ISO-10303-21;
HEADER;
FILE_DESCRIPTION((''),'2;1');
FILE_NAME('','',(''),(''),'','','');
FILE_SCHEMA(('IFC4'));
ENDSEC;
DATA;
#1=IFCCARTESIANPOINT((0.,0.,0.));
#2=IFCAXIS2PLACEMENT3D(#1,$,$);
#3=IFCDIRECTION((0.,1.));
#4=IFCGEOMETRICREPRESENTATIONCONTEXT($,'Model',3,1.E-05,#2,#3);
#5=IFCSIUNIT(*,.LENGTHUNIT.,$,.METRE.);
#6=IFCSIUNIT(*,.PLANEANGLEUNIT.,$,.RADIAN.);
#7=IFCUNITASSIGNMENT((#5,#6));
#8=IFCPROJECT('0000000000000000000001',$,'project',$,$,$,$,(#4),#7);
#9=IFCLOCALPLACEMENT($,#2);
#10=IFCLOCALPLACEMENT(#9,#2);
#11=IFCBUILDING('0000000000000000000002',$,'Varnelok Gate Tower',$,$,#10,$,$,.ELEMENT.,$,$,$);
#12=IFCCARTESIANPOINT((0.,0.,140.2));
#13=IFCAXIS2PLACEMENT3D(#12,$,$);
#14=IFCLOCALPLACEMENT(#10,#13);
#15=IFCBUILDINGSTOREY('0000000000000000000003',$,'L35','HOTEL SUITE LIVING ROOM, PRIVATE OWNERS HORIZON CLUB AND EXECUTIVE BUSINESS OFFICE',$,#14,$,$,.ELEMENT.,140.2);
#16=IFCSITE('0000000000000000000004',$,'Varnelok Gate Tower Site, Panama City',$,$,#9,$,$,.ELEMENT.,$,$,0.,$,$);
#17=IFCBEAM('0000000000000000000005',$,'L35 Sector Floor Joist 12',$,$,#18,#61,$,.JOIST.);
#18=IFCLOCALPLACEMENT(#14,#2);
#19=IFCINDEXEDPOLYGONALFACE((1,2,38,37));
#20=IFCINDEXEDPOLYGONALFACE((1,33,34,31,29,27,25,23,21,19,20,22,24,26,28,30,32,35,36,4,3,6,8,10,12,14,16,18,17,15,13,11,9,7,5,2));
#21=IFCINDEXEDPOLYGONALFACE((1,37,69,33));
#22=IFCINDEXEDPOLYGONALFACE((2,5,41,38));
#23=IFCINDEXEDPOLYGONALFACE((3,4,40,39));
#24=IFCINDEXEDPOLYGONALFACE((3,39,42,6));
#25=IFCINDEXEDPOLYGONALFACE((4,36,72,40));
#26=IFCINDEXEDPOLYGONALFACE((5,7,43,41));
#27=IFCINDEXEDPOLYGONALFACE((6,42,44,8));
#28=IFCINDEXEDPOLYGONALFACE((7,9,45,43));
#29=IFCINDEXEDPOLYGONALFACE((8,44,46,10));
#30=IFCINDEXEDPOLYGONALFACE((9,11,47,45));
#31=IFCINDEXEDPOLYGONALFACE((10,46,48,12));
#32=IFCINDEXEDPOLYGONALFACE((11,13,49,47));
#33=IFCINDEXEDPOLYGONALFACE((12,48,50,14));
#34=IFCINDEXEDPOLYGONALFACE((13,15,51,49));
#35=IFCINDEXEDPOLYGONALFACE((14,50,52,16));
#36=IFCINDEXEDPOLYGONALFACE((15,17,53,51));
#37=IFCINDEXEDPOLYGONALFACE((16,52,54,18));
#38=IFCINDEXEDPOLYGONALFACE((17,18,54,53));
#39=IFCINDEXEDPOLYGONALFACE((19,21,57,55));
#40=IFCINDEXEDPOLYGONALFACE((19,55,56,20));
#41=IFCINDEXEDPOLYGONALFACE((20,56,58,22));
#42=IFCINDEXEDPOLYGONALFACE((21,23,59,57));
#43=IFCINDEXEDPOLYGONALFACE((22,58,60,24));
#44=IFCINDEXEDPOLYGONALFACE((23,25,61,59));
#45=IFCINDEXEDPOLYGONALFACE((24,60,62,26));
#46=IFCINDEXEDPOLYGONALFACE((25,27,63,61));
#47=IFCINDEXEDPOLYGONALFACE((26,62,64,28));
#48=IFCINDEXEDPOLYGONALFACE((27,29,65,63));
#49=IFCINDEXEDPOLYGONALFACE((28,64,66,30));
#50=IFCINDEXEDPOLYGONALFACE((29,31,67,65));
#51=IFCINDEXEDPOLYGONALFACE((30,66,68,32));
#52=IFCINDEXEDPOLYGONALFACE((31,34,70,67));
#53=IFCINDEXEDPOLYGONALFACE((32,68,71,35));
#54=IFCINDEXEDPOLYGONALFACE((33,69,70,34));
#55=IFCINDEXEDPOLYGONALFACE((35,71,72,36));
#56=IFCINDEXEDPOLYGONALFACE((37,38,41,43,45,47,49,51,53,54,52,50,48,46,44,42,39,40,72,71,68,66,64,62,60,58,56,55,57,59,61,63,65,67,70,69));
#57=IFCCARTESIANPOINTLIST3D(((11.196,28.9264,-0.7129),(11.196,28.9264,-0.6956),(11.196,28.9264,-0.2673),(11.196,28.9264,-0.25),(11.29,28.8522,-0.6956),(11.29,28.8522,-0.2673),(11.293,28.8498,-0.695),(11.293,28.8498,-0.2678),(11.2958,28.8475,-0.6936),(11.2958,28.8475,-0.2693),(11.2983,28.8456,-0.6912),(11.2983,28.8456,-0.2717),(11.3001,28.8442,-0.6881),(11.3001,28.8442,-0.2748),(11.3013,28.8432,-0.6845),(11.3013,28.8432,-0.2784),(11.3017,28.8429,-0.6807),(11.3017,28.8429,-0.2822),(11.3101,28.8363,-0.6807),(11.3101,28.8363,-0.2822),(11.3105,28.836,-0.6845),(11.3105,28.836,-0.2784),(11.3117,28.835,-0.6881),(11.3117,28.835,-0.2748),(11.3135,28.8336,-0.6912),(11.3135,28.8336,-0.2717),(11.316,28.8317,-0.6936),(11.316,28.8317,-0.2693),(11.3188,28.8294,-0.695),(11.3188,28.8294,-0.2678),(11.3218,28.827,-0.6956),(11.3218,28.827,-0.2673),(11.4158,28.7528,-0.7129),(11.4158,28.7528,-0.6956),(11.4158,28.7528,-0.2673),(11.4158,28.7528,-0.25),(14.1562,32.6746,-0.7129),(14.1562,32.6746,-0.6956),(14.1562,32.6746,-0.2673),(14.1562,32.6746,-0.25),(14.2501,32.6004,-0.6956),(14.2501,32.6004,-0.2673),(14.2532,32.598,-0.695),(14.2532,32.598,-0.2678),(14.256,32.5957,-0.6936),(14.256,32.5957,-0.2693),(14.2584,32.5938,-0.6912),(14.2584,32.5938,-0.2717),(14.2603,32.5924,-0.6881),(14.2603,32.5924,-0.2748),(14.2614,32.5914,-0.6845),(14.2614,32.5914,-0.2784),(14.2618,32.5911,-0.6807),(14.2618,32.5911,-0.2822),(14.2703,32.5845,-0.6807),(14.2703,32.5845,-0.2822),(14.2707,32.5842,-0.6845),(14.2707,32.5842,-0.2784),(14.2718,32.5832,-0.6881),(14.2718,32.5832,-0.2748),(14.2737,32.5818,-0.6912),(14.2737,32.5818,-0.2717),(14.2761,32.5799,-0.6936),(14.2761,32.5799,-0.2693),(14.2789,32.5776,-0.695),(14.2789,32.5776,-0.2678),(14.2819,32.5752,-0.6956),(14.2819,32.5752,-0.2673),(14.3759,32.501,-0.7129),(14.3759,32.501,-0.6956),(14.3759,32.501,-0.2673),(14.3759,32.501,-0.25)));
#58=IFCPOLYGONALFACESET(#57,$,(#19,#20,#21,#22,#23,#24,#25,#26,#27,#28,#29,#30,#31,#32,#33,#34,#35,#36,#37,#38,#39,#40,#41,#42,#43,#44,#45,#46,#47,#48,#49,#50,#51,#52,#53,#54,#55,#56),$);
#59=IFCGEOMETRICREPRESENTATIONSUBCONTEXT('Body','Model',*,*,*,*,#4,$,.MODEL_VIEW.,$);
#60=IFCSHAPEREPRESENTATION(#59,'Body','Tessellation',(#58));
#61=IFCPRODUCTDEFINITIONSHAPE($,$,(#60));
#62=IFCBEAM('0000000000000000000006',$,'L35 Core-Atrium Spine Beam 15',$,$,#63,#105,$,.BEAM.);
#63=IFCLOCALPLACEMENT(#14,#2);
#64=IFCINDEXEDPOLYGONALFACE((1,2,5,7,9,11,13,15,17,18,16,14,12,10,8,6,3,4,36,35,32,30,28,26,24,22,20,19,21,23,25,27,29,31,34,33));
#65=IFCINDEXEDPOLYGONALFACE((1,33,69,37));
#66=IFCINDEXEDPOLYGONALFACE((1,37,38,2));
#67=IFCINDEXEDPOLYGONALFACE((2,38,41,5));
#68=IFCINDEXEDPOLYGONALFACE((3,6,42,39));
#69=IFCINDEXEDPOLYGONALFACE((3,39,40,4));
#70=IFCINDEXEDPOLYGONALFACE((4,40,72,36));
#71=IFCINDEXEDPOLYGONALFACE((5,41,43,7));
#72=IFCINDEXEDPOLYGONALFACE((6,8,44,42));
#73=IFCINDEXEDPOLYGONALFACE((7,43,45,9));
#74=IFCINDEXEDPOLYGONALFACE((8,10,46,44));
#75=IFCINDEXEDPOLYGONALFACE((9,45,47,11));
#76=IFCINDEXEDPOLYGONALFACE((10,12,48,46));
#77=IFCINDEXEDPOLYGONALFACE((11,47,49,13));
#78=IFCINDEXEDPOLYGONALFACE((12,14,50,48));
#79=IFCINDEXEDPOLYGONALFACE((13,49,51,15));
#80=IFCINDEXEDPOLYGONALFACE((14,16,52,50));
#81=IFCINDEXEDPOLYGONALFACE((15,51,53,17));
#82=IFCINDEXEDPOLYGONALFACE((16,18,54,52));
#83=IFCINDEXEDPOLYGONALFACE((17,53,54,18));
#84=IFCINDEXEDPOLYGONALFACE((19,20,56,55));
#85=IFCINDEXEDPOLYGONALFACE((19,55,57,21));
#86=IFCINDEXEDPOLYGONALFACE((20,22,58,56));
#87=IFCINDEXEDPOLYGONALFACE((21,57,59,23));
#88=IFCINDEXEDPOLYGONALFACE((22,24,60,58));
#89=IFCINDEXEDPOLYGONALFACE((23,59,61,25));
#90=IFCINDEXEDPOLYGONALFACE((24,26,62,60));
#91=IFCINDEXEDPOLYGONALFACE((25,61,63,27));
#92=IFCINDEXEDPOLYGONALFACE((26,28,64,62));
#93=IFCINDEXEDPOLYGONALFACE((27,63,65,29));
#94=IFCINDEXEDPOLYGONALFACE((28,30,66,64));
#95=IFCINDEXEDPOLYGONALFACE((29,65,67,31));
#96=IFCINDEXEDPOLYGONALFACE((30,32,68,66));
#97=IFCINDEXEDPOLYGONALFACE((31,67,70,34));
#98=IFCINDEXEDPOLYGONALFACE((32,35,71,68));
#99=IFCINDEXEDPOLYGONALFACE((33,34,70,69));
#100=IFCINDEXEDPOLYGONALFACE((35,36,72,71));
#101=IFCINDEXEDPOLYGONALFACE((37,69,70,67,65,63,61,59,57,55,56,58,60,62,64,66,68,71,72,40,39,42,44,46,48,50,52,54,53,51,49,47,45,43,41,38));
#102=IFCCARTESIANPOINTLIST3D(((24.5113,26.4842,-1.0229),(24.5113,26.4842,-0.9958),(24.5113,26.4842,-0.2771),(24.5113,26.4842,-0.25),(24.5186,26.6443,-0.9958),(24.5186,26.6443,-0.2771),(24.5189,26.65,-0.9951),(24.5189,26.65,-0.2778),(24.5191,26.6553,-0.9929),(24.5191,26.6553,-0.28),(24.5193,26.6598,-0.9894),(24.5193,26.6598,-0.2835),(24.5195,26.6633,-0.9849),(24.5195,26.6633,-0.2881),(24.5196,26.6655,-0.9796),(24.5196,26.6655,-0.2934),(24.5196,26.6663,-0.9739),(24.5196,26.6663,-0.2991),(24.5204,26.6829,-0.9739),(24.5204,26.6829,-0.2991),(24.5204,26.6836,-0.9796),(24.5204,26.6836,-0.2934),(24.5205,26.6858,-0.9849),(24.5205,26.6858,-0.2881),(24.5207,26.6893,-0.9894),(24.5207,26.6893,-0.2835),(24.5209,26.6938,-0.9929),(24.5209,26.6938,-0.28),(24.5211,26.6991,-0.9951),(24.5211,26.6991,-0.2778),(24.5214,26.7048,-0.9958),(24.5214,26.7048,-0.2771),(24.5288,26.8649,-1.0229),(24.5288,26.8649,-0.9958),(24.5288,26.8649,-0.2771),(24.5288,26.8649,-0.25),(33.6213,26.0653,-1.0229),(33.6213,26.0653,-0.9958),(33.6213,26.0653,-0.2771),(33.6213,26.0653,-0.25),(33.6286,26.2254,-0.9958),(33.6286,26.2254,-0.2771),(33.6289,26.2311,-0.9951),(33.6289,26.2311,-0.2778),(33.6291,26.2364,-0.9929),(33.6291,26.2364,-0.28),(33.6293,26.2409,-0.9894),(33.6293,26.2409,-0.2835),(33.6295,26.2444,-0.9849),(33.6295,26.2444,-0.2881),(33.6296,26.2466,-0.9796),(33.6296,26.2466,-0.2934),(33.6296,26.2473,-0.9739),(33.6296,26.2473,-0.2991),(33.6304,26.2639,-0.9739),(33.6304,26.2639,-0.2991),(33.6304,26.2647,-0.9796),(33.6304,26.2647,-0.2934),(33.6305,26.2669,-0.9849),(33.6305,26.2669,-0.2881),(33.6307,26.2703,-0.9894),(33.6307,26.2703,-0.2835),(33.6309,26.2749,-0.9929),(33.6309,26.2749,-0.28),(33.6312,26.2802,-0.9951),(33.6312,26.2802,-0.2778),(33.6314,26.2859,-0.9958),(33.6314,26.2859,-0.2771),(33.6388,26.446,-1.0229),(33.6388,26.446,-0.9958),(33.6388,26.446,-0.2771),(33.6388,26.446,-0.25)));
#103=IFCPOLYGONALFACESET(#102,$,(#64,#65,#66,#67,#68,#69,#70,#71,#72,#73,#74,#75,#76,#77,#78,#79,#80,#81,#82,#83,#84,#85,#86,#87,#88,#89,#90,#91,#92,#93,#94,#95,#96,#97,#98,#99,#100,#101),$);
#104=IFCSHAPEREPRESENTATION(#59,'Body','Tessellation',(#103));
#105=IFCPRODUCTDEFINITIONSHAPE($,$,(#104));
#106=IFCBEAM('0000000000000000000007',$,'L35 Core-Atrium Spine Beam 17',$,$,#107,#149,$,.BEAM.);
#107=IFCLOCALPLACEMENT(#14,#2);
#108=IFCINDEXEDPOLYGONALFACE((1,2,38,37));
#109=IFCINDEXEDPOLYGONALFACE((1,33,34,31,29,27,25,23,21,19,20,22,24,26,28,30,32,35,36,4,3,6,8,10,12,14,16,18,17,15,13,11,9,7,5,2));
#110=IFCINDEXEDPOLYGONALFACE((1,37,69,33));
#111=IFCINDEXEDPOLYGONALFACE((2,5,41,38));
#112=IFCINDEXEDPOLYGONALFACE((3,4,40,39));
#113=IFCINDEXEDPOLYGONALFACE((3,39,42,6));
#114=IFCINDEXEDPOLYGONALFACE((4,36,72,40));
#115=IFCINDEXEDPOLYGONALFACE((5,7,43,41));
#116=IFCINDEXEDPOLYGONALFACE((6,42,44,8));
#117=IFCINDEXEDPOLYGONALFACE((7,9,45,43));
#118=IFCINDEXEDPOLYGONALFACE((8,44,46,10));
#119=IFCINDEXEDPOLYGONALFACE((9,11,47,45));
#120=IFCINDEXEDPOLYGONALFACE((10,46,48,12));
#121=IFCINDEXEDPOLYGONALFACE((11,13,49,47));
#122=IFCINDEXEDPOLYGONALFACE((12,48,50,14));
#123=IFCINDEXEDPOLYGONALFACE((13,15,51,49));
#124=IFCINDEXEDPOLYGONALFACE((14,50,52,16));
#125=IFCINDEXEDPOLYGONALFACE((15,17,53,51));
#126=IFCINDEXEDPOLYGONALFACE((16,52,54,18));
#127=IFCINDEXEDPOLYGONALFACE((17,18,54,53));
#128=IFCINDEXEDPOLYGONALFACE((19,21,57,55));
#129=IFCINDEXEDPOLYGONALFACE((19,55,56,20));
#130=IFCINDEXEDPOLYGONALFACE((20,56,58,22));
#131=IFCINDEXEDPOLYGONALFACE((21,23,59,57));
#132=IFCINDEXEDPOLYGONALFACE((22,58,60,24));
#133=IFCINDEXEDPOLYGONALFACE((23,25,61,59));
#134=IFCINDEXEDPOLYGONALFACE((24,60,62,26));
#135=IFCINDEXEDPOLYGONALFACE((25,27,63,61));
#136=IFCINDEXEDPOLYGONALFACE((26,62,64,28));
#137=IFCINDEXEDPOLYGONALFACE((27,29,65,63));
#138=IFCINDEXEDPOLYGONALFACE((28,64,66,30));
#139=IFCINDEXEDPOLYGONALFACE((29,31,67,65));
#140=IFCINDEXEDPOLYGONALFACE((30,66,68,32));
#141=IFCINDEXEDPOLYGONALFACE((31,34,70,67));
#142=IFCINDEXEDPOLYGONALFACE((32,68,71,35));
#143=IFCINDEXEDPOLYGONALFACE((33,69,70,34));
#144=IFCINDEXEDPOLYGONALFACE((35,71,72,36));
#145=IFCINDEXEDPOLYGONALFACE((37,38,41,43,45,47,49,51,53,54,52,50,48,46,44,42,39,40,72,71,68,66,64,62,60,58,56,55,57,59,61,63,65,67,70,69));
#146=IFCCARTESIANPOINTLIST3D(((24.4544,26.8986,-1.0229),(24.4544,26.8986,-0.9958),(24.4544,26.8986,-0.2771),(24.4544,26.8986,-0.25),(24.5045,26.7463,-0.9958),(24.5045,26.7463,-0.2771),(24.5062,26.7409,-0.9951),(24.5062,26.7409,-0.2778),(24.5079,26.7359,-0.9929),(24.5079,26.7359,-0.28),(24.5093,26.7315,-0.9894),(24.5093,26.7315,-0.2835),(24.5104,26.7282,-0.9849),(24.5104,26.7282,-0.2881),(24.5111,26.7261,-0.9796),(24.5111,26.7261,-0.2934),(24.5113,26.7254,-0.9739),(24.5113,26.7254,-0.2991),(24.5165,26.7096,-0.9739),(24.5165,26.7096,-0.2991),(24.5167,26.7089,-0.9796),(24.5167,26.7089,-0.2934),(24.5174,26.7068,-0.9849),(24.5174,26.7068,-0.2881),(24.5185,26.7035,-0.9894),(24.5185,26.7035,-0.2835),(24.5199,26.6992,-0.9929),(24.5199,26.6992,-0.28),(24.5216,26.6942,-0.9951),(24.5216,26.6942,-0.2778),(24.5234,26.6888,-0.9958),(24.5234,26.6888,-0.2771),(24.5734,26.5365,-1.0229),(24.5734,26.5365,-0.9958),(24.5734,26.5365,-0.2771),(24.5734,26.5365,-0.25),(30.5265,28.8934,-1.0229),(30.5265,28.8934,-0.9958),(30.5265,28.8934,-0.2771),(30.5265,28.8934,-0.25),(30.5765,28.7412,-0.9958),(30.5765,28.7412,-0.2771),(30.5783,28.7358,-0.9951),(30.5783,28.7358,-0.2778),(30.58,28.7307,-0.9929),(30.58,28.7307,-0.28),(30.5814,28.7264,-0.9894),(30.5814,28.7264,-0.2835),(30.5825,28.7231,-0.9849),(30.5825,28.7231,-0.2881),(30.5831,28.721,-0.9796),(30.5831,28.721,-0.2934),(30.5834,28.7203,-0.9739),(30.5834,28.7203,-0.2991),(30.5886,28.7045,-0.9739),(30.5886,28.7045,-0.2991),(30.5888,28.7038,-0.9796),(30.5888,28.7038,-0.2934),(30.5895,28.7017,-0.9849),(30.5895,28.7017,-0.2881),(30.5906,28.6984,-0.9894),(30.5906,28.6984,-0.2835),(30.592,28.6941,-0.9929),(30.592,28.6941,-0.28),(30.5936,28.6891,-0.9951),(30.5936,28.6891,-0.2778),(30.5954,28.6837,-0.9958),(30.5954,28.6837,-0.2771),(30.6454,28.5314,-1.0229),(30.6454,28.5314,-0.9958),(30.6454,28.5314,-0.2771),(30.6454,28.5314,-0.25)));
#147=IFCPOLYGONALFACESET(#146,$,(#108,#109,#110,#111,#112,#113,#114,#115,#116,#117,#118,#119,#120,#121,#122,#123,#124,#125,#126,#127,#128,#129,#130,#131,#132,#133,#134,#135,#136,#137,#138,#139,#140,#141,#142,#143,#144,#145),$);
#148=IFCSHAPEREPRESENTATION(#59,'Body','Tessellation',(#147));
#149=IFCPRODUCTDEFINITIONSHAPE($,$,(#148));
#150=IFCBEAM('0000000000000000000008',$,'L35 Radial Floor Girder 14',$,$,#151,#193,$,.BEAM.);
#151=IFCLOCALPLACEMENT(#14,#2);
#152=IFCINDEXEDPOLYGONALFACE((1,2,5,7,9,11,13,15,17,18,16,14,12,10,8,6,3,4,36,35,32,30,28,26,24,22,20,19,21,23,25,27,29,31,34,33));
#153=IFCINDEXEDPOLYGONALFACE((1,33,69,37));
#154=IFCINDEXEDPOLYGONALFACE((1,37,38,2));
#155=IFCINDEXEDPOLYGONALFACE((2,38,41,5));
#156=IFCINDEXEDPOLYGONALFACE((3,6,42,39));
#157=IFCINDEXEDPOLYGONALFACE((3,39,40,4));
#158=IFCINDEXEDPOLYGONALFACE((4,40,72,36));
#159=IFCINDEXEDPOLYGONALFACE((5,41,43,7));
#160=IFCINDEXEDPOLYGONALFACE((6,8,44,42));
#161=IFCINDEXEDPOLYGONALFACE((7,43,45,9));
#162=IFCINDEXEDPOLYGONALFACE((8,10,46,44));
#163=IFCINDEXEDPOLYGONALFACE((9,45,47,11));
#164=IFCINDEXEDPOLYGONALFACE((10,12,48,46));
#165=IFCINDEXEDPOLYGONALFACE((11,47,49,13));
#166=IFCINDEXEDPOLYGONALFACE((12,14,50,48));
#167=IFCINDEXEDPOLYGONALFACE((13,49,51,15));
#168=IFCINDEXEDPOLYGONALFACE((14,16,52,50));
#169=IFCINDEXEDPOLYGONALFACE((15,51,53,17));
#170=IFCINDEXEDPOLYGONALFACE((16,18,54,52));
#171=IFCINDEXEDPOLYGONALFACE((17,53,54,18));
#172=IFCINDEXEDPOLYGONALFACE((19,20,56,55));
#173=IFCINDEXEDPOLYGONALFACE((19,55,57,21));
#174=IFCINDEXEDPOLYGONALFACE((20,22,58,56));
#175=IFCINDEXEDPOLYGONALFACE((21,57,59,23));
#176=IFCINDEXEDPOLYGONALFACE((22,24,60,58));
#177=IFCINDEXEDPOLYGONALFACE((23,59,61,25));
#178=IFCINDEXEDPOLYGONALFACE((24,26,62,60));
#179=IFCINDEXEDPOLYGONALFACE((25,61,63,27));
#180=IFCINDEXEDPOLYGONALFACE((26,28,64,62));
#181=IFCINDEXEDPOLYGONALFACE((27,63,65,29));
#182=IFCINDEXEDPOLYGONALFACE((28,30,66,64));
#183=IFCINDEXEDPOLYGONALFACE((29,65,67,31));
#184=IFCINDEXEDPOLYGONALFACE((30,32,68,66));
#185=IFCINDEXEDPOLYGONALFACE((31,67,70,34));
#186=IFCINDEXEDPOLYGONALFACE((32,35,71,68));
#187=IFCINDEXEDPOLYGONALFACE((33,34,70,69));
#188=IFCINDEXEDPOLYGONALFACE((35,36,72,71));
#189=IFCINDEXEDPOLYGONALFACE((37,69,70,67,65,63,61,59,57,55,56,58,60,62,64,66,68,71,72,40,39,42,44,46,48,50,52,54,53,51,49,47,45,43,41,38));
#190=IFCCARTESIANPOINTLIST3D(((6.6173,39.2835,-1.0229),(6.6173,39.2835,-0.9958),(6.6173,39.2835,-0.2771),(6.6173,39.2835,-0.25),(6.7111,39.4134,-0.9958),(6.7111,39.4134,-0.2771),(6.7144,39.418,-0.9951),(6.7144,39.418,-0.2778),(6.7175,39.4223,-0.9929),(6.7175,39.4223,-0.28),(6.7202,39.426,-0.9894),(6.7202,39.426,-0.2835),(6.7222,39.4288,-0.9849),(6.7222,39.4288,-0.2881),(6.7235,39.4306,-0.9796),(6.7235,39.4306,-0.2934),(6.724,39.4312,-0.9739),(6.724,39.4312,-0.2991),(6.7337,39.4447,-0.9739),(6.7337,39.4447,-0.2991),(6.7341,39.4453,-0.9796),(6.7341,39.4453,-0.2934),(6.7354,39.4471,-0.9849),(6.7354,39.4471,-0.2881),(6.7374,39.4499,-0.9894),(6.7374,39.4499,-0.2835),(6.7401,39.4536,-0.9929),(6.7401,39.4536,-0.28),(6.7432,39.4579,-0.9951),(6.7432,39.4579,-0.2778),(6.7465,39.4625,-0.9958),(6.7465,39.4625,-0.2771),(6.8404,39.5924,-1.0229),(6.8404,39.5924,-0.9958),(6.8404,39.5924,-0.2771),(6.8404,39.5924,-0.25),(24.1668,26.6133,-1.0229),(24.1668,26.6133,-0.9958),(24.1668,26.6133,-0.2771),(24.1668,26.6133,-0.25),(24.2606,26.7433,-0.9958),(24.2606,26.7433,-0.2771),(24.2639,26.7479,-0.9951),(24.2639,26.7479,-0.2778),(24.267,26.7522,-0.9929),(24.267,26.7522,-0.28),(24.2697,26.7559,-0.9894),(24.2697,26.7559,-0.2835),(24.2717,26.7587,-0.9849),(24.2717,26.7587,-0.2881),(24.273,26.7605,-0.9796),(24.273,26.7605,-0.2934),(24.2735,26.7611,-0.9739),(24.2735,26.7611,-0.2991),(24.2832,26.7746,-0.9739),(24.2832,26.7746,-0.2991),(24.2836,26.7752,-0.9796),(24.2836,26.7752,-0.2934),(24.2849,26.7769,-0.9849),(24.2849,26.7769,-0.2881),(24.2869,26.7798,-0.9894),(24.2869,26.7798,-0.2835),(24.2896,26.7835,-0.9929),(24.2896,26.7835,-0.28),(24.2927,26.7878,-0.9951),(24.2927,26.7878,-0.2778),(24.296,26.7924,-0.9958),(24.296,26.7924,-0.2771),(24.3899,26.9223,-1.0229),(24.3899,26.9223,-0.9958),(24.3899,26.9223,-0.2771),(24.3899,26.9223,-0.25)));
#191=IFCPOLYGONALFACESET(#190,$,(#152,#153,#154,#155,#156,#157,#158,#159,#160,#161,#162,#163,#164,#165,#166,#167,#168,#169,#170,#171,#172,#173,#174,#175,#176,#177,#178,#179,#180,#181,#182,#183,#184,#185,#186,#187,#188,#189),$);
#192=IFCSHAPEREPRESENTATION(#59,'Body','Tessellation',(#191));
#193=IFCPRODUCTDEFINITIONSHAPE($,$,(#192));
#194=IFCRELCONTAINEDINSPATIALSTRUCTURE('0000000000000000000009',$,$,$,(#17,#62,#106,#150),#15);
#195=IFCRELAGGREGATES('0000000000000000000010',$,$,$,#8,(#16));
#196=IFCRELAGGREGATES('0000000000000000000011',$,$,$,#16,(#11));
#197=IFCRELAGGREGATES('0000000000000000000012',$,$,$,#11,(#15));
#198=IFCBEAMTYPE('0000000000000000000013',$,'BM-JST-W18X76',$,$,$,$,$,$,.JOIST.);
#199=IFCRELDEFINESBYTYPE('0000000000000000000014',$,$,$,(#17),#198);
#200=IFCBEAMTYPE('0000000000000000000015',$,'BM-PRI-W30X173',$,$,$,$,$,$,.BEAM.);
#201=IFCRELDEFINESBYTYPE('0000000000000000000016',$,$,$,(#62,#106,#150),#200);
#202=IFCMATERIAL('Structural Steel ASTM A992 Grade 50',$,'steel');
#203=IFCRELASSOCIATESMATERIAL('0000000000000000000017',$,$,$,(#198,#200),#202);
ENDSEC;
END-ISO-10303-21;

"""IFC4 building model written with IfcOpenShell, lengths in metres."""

from ifc_helpers import new_model, si_unit, direction, frame, origin, origin_2d, place, context, subcontext, project, spatial, i_section, extrude, material, material_profile, profile_set, type_object, element, save


model = new_model("IFC4")

# Units and contexts
model_context = context("Model", 3, precision=1e-05, world=origin(), true_north=direction((0.0, 1.0)))
body_context = subcontext(model_context, "Body", "Model", "MODEL_VIEW")
ifc_project = project(units=[si_unit("LENGTHUNIT", "METRE"), si_unit("PLANEANGLEUNIT", "RADIAN")], contexts=[model_context])

# Site, building, storey
site_placement = place(None, origin())
site = spatial("IfcSite", under=ifc_project, at=site_placement, Name="Varnelok Gate Tower Site, Panama City", CompositionType="ELEMENT", RefElevation=0.0)
building_placement = place(site_placement, origin())
building = spatial("IfcBuilding", under=site, at=building_placement, Name="Varnelok Gate Tower", CompositionType="ELEMENT")
storey_placement = place(building_placement, frame((0.0, 0.0, 140.2)))
storey = spatial("IfcBuildingStorey", under=building, at=storey_placement, Name="L35", Description="HOTEL SUITE LIVING ROOM, PRIVATE OWNERS HORIZON CLUB AND EXECUTIVE BUSINESS OFFICE", CompositionType="ELEMENT", Elevation=140.2)

# Shared definitions
ifc_material_1 = material(Name="Structural Steel ASTM A992 Grade 50", Category="steel")

# Beams
ifc_material_profile_1 = material_profile(ifc_material_1, i_section(OverallWidth=0.28, OverallDepth=0.4629, WebThickness=0.0107, FlangeThickness=0.0173, FilletRadius=0.0149, at=origin_2d()), Name="W18X76")
ifc_profile_set_1 = profile_set([ifc_material_profile_1], Name="Structural Steel ASTM A992 Grade 50")
beam_type_1 = type_object("IfcBeamType", Name="BM-JST-W18X76", PredefinedType="JOIST", material=ifc_profile_set_1)
beam_1_placement = place(storey_placement, frame((11.3059, 28.8396, -0.4814), z_axis=(0.619777, 0.784778, 0.0), x_axis=(-0.784778, 0.619777, 0.0)))
element("IfcBeam", 1, at=beam_1_placement, inside=storey, type_object=beam_type_1, Name="L35 Sector Floor Joist 12", PredefinedType="JOIST", context=body_context, shape_type="SweptSolid", body=[
    extrude(i_section(OverallWidth=0.28, OverallDepth=0.4629, WebThickness=0.0107, FlangeThickness=0.0173, FilletRadius=0.0149, at=origin_2d()), origin(), (0.0, 0.0, 1.0), 4.7761),
])
ifc_material_profile_2 = material_profile(ifc_material_1, i_section(OverallWidth=0.3811, OverallDepth=0.7729, WebThickness=0.0166, FlangeThickness=0.0271, FilletRadius=0.022, at=origin_2d()), Name="W30X173")
ifc_profile_set_2 = profile_set([ifc_material_profile_2], Name="Structural Steel ASTM A992 Grade 50")
beam_type_2 = type_object("IfcBeamType", Name="BM-PRI-W30X173", PredefinedType="BEAM", material=ifc_profile_set_2)
beam_2_placement = place(storey_placement, frame((24.52, 26.6746, -0.6365), z_axis=(0.998944, -0.045938, 0.0), x_axis=(0.045938, 0.998944, 0.0)))
element("IfcBeam", 2, at=beam_2_placement, inside=storey, type_object=beam_type_2, Name="L35 Core-Atrium Spine Beam 15", PredefinedType="BEAM", context=body_context, shape_type="SweptSolid", body=[
    extrude(i_section(OverallWidth=0.3811, OverallDepth=0.7729, WebThickness=0.0166, FlangeThickness=0.0271, FilletRadius=0.022, at=origin_2d()), origin(), (0.0, 0.0, 1.0), 9.1196),
])
beam_3_placement = place(storey_placement, frame((24.5139, 26.7175, -0.6365), z_axis=(0.950042, 0.312122, 0.0), x_axis=(-0.312122, 0.950042, 0.0)))
element("IfcBeam", 3, at=beam_3_placement, inside=storey, type_object=beam_type_2, Name="L35 Core-Atrium Spine Beam 17", PredefinedType="BEAM", context=body_context, shape_type="SweptSolid", body=[
    extrude(i_section(OverallWidth=0.3811, OverallDepth=0.7729, WebThickness=0.0166, FlangeThickness=0.0271, FilletRadius=0.022, at=origin_2d()), origin(), (0.0, 0.0, 1.0), 6.3914),
])
beam_4_placement = place(storey_placement, frame((24.2783, 26.7678, -0.6365), z_axis=(-0.810778, 0.585353, 0.0), x_axis=(-0.585353, -0.810778, 0.0)))
element("IfcBeam", 4, at=beam_4_placement, inside=storey, type_object=beam_type_2, Name="L35 Radial Floor Girder 14", PredefinedType="BEAM", context=body_context, shape_type="SweptSolid", body=[
    extrude(i_section(OverallWidth=0.3811, OverallDepth=0.7729, WebThickness=0.0166, FlangeThickness=0.0271, FilletRadius=0.022, at=origin_2d()), origin(), (0.0, 0.0, 1.0), 21.6453),
])

save(model, "model.ifc")
